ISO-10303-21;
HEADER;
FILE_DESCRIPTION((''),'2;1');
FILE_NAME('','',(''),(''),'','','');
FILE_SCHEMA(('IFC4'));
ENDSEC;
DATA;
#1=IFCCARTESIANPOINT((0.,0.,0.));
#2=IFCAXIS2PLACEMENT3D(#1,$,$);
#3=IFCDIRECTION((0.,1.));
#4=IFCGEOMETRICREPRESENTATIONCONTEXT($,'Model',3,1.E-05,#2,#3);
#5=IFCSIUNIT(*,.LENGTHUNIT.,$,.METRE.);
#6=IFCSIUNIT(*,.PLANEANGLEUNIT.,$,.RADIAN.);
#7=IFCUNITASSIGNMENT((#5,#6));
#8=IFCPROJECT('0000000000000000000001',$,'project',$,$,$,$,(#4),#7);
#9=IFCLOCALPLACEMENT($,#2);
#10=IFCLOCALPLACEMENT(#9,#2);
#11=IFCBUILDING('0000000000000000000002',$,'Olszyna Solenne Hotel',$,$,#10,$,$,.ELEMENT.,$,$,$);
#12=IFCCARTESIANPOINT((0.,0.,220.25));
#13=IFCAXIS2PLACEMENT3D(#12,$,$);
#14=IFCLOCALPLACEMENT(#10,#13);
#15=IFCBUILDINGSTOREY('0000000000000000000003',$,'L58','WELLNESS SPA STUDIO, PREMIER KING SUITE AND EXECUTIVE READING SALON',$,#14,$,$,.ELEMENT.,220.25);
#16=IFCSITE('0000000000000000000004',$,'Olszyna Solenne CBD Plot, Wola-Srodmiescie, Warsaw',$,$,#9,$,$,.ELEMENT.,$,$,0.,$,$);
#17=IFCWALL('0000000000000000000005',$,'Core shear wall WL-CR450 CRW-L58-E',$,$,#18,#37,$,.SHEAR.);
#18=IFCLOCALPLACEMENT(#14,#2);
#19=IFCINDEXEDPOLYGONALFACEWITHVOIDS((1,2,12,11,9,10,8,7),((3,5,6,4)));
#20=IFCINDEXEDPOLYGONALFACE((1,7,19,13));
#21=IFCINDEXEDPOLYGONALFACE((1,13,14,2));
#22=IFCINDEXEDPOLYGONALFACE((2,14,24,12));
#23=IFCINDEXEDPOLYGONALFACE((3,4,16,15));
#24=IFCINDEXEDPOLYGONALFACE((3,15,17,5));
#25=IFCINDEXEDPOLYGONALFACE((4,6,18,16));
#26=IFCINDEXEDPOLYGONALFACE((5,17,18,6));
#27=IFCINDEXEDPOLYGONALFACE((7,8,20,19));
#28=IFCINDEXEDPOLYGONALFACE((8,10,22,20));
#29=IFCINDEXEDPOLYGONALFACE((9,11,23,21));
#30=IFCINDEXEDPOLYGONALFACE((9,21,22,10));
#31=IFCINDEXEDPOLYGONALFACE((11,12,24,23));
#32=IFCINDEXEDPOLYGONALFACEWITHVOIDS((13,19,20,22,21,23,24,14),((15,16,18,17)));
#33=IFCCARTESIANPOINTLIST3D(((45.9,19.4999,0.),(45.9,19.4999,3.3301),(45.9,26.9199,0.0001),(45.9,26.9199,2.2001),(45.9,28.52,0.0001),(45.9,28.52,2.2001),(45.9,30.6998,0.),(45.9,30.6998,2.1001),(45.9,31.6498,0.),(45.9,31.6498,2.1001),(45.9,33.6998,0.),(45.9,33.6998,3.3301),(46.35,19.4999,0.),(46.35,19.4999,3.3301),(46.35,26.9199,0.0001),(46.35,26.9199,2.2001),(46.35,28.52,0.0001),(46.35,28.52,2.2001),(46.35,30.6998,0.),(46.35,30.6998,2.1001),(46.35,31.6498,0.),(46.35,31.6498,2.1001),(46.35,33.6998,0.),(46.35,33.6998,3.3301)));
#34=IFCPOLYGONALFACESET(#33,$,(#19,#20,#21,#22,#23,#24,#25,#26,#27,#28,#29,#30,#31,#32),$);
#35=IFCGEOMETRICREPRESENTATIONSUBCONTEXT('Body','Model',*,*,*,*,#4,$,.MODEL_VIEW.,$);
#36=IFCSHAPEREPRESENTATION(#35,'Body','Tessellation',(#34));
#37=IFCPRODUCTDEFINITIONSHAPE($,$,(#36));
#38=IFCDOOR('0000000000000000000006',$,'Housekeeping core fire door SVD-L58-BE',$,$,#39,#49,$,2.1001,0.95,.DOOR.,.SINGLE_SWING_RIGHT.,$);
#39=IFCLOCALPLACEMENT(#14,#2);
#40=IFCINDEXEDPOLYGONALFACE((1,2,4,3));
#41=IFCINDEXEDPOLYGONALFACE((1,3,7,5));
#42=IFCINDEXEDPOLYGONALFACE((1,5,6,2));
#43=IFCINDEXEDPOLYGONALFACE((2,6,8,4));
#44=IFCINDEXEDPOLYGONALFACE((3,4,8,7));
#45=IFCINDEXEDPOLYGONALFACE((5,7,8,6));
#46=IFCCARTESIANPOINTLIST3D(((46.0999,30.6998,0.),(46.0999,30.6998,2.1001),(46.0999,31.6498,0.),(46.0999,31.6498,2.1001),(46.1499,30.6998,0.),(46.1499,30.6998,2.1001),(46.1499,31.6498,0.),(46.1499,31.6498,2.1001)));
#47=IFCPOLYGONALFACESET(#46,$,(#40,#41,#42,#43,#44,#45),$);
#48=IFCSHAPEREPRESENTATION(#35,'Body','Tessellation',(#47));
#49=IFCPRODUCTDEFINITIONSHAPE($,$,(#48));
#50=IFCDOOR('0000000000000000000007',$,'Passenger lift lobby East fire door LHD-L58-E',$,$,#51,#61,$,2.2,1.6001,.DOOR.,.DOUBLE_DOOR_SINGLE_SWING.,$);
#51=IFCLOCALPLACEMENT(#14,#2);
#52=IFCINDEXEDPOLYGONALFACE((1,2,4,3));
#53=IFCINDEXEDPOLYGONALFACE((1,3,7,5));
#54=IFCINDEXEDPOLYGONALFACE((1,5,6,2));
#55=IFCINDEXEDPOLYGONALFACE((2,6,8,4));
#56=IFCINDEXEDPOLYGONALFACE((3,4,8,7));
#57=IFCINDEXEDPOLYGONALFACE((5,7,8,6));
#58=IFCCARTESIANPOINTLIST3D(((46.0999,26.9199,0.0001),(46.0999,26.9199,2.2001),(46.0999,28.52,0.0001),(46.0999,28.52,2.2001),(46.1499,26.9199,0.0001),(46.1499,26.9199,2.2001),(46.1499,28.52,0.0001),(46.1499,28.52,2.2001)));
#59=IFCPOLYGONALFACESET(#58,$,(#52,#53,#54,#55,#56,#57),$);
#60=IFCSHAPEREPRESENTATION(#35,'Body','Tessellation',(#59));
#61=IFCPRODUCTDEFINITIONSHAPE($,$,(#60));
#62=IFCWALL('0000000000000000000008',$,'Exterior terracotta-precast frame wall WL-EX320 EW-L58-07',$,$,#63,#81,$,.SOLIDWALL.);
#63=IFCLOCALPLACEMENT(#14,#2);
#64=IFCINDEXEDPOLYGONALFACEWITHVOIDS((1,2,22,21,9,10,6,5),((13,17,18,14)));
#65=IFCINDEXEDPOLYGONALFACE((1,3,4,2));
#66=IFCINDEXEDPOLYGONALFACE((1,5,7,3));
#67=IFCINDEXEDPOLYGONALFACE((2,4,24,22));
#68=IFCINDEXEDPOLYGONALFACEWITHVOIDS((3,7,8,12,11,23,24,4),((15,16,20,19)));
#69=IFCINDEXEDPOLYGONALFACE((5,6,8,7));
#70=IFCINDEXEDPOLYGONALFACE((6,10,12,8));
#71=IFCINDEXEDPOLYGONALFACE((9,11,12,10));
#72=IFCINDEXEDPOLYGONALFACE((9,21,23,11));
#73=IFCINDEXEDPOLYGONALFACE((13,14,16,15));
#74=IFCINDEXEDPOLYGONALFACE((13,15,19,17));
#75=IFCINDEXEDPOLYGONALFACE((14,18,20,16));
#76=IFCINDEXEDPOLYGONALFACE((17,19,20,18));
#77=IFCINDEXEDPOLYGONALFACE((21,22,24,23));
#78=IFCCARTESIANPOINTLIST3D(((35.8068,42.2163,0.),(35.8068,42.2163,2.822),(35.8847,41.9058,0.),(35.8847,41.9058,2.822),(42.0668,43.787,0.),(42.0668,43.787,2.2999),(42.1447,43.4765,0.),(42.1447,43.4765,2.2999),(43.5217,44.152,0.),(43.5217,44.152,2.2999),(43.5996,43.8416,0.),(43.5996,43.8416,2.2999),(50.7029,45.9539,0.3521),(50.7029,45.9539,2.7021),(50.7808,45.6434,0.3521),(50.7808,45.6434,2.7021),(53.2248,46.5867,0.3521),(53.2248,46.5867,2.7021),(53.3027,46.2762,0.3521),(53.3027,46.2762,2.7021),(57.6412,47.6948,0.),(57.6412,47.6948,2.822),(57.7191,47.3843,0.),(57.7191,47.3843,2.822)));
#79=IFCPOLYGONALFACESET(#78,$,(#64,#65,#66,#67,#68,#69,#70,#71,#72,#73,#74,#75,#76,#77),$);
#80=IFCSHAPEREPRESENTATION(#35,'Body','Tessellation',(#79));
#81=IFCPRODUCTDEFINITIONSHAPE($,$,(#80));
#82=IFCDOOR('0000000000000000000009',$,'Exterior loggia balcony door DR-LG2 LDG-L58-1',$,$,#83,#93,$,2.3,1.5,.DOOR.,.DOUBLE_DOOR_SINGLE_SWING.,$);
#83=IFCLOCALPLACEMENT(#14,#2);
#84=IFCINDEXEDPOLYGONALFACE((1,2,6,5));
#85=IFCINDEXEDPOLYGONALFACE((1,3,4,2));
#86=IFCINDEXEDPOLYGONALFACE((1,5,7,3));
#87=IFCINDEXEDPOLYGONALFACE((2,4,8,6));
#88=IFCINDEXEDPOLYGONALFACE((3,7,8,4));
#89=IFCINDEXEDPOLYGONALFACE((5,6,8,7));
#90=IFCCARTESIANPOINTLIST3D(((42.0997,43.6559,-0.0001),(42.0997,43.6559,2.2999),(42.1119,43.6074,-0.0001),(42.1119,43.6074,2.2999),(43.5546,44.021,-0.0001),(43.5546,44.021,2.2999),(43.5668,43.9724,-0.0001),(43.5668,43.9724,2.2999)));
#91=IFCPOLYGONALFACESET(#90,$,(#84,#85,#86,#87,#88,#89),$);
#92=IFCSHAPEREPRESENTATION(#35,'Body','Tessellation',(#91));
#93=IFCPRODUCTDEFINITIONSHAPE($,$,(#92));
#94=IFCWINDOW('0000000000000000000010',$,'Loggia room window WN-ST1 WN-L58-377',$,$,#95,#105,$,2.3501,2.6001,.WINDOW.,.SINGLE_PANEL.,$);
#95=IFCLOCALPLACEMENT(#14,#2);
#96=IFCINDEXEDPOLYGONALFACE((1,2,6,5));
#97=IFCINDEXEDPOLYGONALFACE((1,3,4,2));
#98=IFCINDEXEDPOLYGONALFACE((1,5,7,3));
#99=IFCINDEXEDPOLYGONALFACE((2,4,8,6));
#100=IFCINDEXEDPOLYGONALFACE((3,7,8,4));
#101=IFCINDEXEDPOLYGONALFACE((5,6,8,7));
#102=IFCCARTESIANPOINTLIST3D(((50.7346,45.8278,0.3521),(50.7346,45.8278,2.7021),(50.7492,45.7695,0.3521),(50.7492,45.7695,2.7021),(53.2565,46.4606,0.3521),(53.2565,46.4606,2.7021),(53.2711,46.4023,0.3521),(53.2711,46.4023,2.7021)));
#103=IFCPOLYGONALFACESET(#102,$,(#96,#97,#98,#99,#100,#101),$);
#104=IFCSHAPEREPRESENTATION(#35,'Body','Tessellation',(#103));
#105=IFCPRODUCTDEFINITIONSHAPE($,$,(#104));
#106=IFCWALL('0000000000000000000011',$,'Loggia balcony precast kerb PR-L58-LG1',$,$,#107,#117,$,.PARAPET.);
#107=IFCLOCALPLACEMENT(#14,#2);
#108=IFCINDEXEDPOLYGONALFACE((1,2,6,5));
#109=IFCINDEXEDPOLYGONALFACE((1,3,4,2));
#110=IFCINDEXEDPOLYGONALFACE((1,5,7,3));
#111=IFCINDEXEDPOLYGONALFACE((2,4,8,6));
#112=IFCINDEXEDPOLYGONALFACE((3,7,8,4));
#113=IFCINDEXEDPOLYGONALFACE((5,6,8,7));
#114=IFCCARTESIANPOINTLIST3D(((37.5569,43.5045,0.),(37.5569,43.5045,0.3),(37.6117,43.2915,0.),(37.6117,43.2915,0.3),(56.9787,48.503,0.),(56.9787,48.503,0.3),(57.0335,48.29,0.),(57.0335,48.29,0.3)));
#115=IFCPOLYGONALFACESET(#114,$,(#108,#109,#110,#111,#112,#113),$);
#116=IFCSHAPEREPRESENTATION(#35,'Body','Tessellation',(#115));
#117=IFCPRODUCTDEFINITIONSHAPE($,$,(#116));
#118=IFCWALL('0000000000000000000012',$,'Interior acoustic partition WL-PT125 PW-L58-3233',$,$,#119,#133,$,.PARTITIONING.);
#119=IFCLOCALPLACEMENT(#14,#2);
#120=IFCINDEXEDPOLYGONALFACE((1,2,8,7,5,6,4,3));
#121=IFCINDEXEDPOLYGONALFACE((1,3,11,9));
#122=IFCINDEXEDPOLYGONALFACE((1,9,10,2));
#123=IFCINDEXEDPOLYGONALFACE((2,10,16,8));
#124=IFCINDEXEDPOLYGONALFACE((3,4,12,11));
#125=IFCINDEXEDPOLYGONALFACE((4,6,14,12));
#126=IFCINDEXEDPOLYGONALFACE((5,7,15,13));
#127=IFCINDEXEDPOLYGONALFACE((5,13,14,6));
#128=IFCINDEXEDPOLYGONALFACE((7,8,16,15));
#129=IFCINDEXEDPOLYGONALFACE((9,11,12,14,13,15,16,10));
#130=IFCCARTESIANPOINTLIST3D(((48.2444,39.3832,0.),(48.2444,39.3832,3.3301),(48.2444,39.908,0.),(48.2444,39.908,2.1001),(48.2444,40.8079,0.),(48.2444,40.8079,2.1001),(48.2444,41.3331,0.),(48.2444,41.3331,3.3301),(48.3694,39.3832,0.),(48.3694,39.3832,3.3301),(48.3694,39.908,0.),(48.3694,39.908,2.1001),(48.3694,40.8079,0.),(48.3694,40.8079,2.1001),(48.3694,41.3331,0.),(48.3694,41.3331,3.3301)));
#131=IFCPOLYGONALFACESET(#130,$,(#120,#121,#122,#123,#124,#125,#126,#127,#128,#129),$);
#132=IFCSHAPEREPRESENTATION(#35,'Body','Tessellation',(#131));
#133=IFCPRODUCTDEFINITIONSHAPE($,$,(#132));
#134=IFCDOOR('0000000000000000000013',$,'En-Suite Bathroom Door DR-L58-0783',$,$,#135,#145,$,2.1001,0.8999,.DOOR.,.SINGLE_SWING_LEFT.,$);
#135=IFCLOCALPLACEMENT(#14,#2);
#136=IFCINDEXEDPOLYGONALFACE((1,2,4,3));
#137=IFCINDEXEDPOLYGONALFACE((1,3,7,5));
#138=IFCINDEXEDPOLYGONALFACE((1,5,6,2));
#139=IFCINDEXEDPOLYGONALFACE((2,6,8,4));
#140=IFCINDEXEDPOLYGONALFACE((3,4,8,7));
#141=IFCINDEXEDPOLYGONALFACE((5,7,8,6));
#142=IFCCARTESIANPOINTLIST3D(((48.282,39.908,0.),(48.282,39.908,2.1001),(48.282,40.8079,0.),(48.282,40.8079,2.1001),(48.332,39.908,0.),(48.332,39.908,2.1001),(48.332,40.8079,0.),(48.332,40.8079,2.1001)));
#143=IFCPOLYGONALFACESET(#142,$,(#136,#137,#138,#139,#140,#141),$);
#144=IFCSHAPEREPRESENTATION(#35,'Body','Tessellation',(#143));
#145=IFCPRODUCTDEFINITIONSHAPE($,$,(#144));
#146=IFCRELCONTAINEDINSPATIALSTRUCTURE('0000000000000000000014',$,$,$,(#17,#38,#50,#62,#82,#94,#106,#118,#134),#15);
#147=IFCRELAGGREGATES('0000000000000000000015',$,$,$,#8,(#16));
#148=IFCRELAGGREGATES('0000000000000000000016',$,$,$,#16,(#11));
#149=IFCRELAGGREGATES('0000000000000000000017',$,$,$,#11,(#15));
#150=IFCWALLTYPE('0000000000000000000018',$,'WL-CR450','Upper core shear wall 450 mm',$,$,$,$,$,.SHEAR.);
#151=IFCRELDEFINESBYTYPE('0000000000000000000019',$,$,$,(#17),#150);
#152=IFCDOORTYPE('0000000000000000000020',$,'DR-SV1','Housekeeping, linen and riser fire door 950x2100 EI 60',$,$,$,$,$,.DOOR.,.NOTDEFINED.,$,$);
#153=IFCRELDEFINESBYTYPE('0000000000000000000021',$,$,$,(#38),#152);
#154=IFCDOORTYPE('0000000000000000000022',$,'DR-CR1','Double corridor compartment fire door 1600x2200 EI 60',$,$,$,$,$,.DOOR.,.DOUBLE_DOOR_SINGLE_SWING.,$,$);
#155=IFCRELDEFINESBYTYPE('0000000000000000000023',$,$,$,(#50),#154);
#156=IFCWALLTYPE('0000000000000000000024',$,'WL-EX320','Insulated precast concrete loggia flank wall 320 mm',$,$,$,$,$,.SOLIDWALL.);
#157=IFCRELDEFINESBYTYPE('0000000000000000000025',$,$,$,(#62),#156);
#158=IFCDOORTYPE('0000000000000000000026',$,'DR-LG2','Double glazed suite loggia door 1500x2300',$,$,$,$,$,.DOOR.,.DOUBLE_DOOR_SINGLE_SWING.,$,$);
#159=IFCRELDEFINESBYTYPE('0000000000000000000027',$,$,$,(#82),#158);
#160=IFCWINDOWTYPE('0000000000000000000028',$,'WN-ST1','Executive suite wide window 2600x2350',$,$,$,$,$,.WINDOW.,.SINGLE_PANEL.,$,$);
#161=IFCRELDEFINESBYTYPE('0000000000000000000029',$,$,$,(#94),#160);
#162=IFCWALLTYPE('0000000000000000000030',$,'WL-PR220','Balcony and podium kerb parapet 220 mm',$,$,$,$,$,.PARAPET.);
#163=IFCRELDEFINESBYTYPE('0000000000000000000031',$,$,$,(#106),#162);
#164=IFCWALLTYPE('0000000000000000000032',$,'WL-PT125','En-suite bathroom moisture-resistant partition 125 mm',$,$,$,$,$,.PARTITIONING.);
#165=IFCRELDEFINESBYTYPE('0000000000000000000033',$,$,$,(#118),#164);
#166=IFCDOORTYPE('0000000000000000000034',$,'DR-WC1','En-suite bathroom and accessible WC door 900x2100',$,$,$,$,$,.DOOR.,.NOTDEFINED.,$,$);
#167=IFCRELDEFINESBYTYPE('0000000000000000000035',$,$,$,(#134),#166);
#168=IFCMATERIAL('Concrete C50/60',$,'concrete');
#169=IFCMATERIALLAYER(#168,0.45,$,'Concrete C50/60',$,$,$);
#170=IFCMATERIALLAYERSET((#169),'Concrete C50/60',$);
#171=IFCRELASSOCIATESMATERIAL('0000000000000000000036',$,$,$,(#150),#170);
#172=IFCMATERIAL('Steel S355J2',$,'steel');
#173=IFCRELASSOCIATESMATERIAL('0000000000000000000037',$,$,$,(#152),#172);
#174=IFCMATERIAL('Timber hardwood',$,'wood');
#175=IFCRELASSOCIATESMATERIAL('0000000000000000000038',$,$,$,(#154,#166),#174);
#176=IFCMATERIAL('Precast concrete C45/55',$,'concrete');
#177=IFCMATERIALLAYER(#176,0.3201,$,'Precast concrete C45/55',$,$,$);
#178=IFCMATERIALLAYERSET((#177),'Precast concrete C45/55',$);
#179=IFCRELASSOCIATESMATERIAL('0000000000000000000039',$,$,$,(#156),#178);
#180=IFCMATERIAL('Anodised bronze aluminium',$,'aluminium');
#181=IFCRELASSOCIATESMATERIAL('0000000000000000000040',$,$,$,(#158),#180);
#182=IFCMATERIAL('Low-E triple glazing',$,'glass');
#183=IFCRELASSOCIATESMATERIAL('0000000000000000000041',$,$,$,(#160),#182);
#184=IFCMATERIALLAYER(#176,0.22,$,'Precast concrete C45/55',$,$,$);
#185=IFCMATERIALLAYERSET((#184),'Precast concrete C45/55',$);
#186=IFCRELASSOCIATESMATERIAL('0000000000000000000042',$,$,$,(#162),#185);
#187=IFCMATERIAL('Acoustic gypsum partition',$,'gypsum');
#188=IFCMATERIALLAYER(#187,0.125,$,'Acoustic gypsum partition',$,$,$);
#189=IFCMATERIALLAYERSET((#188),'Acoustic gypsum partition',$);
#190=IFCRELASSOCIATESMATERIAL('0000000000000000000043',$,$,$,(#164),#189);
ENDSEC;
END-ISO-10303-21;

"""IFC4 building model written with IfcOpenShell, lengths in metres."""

from ifc_helpers import new_model, si_unit, direction, frame, frame_2d, origin, place, context, subcontext, project, spatial, rectangle, extrude, source, transform, mapped, material, layer, layer_set, type_object, type_shapes, element, fill, save


model = new_model("IFC4")

# Units and contexts
model_context = context("Model", 3, precision=1e-05, world=origin(), true_north=direction((0.0, 1.0)))
body_context = subcontext(model_context, "Body", "Model", "MODEL_VIEW")
ifc_project = project(units=[si_unit("LENGTHUNIT", "METRE"), si_unit("PLANEANGLEUNIT", "RADIAN")], contexts=[model_context])

# Site, building, storey
site_placement = place(None, origin())
site = spatial("IfcSite", under=ifc_project, at=site_placement, Name="Olszyna Solenne CBD Plot, Wola-Srodmiescie, Warsaw", CompositionType="ELEMENT", RefElevation=0.0)
building_placement = place(site_placement, origin())
building = spatial("IfcBuilding", under=site, at=building_placement, Name="Olszyna Solenne Hotel", CompositionType="ELEMENT")
storey_placement = place(building_placement, frame((0.0, 0.0, 220.25)))
storey = spatial("IfcBuildingStorey", under=building, at=storey_placement, Name="L58", Description="WELLNESS SPA STUDIO, PREMIER KING SUITE AND EXECUTIVE READING SALON", CompositionType="ELEMENT", Elevation=220.25)

# Shared definitions
ifc_material_1 = material(Name="Steel S355J2", Category="steel")

# Wall, openings, doors
ifc_material_2 = material(Name="Concrete C50/60", Category="concrete")
ifc_layer_1 = layer(ifc_material_2, 0.45, Name="Concrete C50/60")
ifc_layer_set_1 = layer_set([ifc_layer_1], Name="Concrete C50/60")
wall_type_1 = type_object("IfcWallType", Name="WL-CR450", Description="Upper core shear wall 450 mm", PredefinedType="SHEAR", material=ifc_layer_set_1)
wall_1_placement = place(storey_placement, frame((46.125, 33.7, 0.0), z_axis=(0.0, 0.0, 1.0), x_axis=(0.0, -1.0, 0.0)))
wall_1 = element("IfcWall", 1, at=wall_1_placement, inside=storey, type_object=wall_type_1, Name="Core shear wall WL-CR450 CRW-L58-E", PredefinedType="SHEAR", context=body_context, shape_type="SweptSolid", body=[
    extrude(rectangle(XDim=14.2, YDim=0.45, at=frame_2d((7.1001, 0.0))), origin(), (0.0, 0.0, 1.0), 3.3301),
])
opening_1_placement = place(wall_1_placement, frame((5.1799, 0.0, 0.0)))
opening_1 = element("IfcOpeningElement", 2, at=opening_1_placement, cuts=wall_1, PredefinedType="OPENING", context=body_context, shape_type="SweptSolid", body=[
    extrude(rectangle(XDim=1.6001, YDim=2.2, at=frame_2d((0.8, 1.1001))), frame((0.0, 0.2349, 0.0), z_axis=(0.0, -1.0, 0.0), x_axis=(1.0, 0.0, 0.0)), (0.0, 0.0, 1.0), 0.47),
])
opening_2_placement = place(wall_1_placement, frame((2.05, 0.0, 0.0)))
opening_2 = element("IfcOpeningElement", 3, at=opening_2_placement, cuts=wall_1, PredefinedType="OPENING", context=body_context, shape_type="SweptSolid", body=[
    extrude(rectangle(XDim=0.95, YDim=2.1001, at=frame_2d((0.4751, 1.05))), frame((0.0, 0.2349, 0.0), z_axis=(0.0, -1.0, 0.0), x_axis=(1.0, 0.0, 0.0)), (0.0, 0.0, 1.0), 0.47),
])
door_type_1 = type_object("IfcDoorType", Name="DR-SV1", Description="Housekeeping, linen and riser fire door 950x2100 EI 60", OperationType="NOTDEFINED", PredefinedType="DOOR", material=ifc_material_1)
shared_shape_1 = source(origin(), body_context, "Body", "SweptSolid", [
    extrude(rectangle(XDim=0.95, YDim=2.1001, at=frame_2d((0.4751, 1.05))), frame((0.0, 0.0249, 0.0), z_axis=(0.0, -1.0, 0.0), x_axis=(1.0, 0.0, 0.0)), (0.0, 0.0, 1.0), 0.05),
])
type_shapes(door_type_1, [shared_shape_1])
door_1_placement = place(opening_2_placement, origin())
door_1 = element("IfcDoor", 4, at=door_1_placement, inside=storey, type_object=door_type_1, Name="Housekeeping core fire door SVD-L58-BE", OperationType="SINGLE_SWING_RIGHT", OverallHeight=2.1001, OverallWidth=0.95, PredefinedType="DOOR", context=body_context, shape_type="MappedRepresentation", body=[
    mapped(shared_shape_1, transform((0.0, 0.0, 0.0), x_axis=(1.0, 0.0, 0.0), y_axis=(0.0, 1.0, 0.0), z_axis=(0.0, 0.0, 1.0), scale=1.0)),
])
fill(opening_2, door_1)
ifc_material_3 = material(Name="Timber hardwood", Category="wood")
door_type_2 = type_object("IfcDoorType", Name="DR-CR1", Description="Double corridor compartment fire door 1600x2200 EI 60", OperationType="DOUBLE_DOOR_SINGLE_SWING", PredefinedType="DOOR", material=ifc_material_3)
shared_shape_2 = source(origin(), body_context, "Body", "SweptSolid", [
    extrude(rectangle(XDim=1.6001, YDim=2.2, at=frame_2d((0.8, 1.1001))), frame((0.0, 0.0249, 0.0), z_axis=(0.0, -1.0, 0.0), x_axis=(1.0, 0.0, 0.0)), (0.0, 0.0, 1.0), 0.05),
])
type_shapes(door_type_2, [shared_shape_2])
door_2_placement = place(opening_1_placement, origin())
door_2 = element("IfcDoor", 5, at=door_2_placement, inside=storey, type_object=door_type_2, Name="Passenger lift lobby East fire door LHD-L58-E", OperationType="DOUBLE_DOOR_SINGLE_SWING", OverallHeight=2.2, OverallWidth=1.6001, PredefinedType="DOOR", context=body_context, shape_type="MappedRepresentation", body=[
    mapped(shared_shape_2, transform((0.0, 0.0, 0.0), x_axis=(1.0, 0.0, 0.0), y_axis=(0.0, 1.0, 0.0), z_axis=(0.0, 0.0, 1.0), scale=1.0)),
])
fill(opening_1, door_2)

# Wall, openings, door, window
ifc_material_4 = material(Name="Precast concrete C45/55", Category="concrete")
ifc_layer_2 = layer(ifc_material_4, 0.3201, Name="Precast concrete C45/55")
ifc_layer_set_2 = layer_set([ifc_layer_2], Name="Precast concrete C45/55")
wall_type_2 = type_object("IfcWallType", Name="WL-EX320", Description="Insulated precast concrete loggia flank wall 320 mm", PredefinedType="SOLIDWALL", material=ifc_layer_set_2)
wall_2_placement = place(storey_placement, frame((35.8457, 42.061, 0.0), z_axis=(0.0, 0.0, 1.0), x_axis=(0.969934, 0.243367, 0.0)))
wall_2 = element("IfcWall", 6, at=wall_2_placement, inside=storey, type_object=wall_type_2, Name="Exterior terracotta-precast frame wall WL-EX320 EW-L58-07", PredefinedType="SOLIDWALL", context=body_context, shape_type="SweptSolid", body=[
    extrude(rectangle(XDim=22.5112, YDim=0.3201, at=frame_2d((11.2556, 0.0))), origin(), (0.0, 0.0, 1.0), 2.822),
])
opening_3_placement = place(wall_2_placement, frame((6.4541, 0.0, 0.0)))
opening_3 = element("IfcOpeningElement", 7, at=opening_3_placement, cuts=wall_2, PredefinedType="OPENING", context=body_context, shape_type="SweptSolid", body=[
    extrude(rectangle(XDim=1.5, YDim=2.3, at=frame_2d((0.75, 1.1499))), frame((0.0, 0.1699, 0.0), z_axis=(0.0, -1.0, 0.0), x_axis=(1.0, 0.0, 0.0)), (0.0, 0.0, 1.0), 0.3401),
])
opening_4_placement = place(wall_2_placement, frame((15.3579, 0.0, 0.3521)))
opening_4 = element("IfcOpeningElement", 8, at=opening_4_placement, cuts=wall_2, PredefinedType="OPENING", context=body_context, shape_type="SweptSolid", body=[
    extrude(rectangle(XDim=2.6001, YDim=2.3501, at=frame_2d((1.3, 1.175))), frame((0.0, 0.1699, 0.0), z_axis=(0.0, -1.0, 0.0), x_axis=(1.0, 0.0, 0.0)), (0.0, 0.0, 1.0), 0.3401),
])
ifc_material_5 = material(Name="Anodised bronze aluminium", Category="aluminium")
door_type_3 = type_object("IfcDoorType", Name="DR-LG2", Description="Double glazed suite loggia door 1500x2300", OperationType="DOUBLE_DOOR_SINGLE_SWING", PredefinedType="DOOR", material=ifc_material_5)
shared_shape_3 = source(origin(), body_context, "Body", "SweptSolid", [
    extrude(rectangle(XDim=1.5, YDim=2.3, at=frame_2d((0.75, 1.1499))), frame((0.0, 0.0249, 0.0), z_axis=(0.0, -1.0, 0.0), x_axis=(1.0, 0.0, 0.0)), (0.0, 0.0, 1.0), 0.05),
])
type_shapes(door_type_3, [shared_shape_3])
door_3_placement = place(opening_3_placement, origin())
door_3 = element("IfcDoor", 9, at=door_3_placement, inside=storey, type_object=door_type_3, Name="Exterior loggia balcony door DR-LG2 LDG-L58-1", OperationType="DOUBLE_DOOR_SINGLE_SWING", OverallHeight=2.3, OverallWidth=1.5, PredefinedType="DOOR", context=body_context, shape_type="MappedRepresentation", body=[
    mapped(shared_shape_3, transform((0.0, 0.0, 0.0), x_axis=(1.0, 0.0, 0.0), y_axis=(0.0, 1.0, 0.0), z_axis=(0.0, 0.0, 1.0), scale=1.0)),
])
fill(opening_3, door_3)
ifc_material_6 = material(Name="Low-E triple glazing", Category="glass")
window_type = type_object("IfcWindowType", Name="WN-ST1", Description="Executive suite wide window 2600x2350", PartitioningType="SINGLE_PANEL", PredefinedType="WINDOW", material=ifc_material_6)
shared_shape_4 = source(origin(), body_context, "Body", "SweptSolid", [
    extrude(rectangle(XDim=2.6001, YDim=2.3501, at=frame_2d((1.3, 1.175))), frame((0.0, 0.03, 0.0), z_axis=(0.0, -1.0, 0.0), x_axis=(1.0, 0.0, 0.0)), (0.0, 0.0, 1.0), 0.0601),
])
type_shapes(window_type, [shared_shape_4])
window_placement = place(opening_4_placement, origin())
window = element("IfcWindow", 10, at=window_placement, inside=storey, type_object=window_type, Name="Loggia room window WN-ST1 WN-L58-377", OverallHeight=2.3501, OverallWidth=2.6001, PartitioningType="SINGLE_PANEL", PredefinedType="WINDOW", context=body_context, shape_type="MappedRepresentation", body=[
    mapped(shared_shape_4, transform((0.0, 0.0, 0.0), x_axis=(1.0, 0.0, 0.0), y_axis=(0.0, 1.0, 0.0), z_axis=(0.0, 0.0, 1.0), scale=1.0)),
])
fill(opening_4, window)

# Wall
ifc_layer_3 = layer(ifc_material_4, 0.22, Name="Precast concrete C45/55")
ifc_layer_set_3 = layer_set([ifc_layer_3], Name="Precast concrete C45/55")
wall_type_3 = type_object("IfcWallType", Name="WL-PR220", Description="Balcony and podium kerb parapet 220 mm", PredefinedType="PARAPET", material=ifc_layer_set_3)
wall_3_placement = place(storey_placement, frame((57.0061, 48.3965, 0.0), z_axis=(0.0, 0.0, 1.0), x_axis=(-0.968441, -0.249244, 0.0)))
element("IfcWall", 11, at=wall_3_placement, inside=storey, type_object=wall_type_3, Name="Loggia balcony precast kerb PR-L58-LG1", PredefinedType="PARAPET", context=body_context, shape_type="SweptSolid", body=[
    extrude(rectangle(XDim=20.0547, YDim=0.22, at=frame_2d((10.0273, 0.0))), origin(), (0.0, 0.0, 1.0), 0.3),
])

# Wall, opening, door
ifc_material_7 = material(Name="Acoustic gypsum partition", Category="gypsum")
ifc_layer_4 = layer(ifc_material_7, 0.125, Name="Acoustic gypsum partition")
ifc_layer_set_4 = layer_set([ifc_layer_4], Name="Acoustic gypsum partition")
wall_type_4 = type_object("IfcWallType", Name="WL-PT125", Description="En-suite bathroom moisture-resistant partition 125 mm", PredefinedType="PARTITIONING", material=ifc_layer_set_4)
wall_4_placement = place(storey_placement, frame((48.3069, 39.3831, 0.0), z_axis=(0.0, 0.0, 1.0), x_axis=(0.0, 1.0, 0.0)))
wall_4 = element("IfcWall", 12, at=wall_4_placement, inside=storey, type_object=wall_type_4, Name="Interior acoustic partition WL-PT125 PW-L58-3233", PredefinedType="PARTITIONING", context=body_context, shape_type="SweptSolid", body=[
    extrude(rectangle(XDim=1.95, YDim=0.125, at=frame_2d((0.9751, 0.0))), origin(), (0.0, 0.0, 1.0), 3.3301),
])
opening_5_placement = place(wall_4_placement, frame((0.5249, 0.0, 0.0)))
opening_5 = element("IfcOpeningElement", 13, at=opening_5_placement, cuts=wall_4, PredefinedType="OPENING", context=body_context, shape_type="SweptSolid", body=[
    extrude(rectangle(XDim=0.8999, YDim=2.1001, at=frame_2d((0.45, 1.05))), frame((0.0, 0.0725, 0.0), z_axis=(0.0, -1.0, 0.0), x_axis=(1.0, 0.0, 0.0)), (0.0, 0.0, 1.0), 0.145),
])
door_type_4 = type_object("IfcDoorType", Name="DR-WC1", Description="En-suite bathroom and accessible WC door 900x2100", OperationType="NOTDEFINED", PredefinedType="DOOR", material=ifc_material_3)
shared_shape_5 = source(origin(), body_context, "Body", "SweptSolid", [
    extrude(rectangle(XDim=0.8999, YDim=2.1001, at=frame_2d((0.45, 1.05))), frame((0.0, 0.0249, 0.0), z_axis=(0.0, -1.0, 0.0), x_axis=(1.0, 0.0, 0.0)), (0.0, 0.0, 1.0), 0.05),
])
type_shapes(door_type_4, [shared_shape_5])
door_4_placement = place(opening_5_placement, origin())
door_4 = element("IfcDoor", 14, at=door_4_placement, inside=storey, type_object=door_type_4, Name="En-Suite Bathroom Door DR-L58-0783", OperationType="SINGLE_SWING_LEFT", OverallHeight=2.1001, OverallWidth=0.8999, PredefinedType="DOOR", context=body_context, shape_type="MappedRepresentation", body=[
    mapped(shared_shape_5, transform((0.0, 0.0, 0.0), x_axis=(1.0, 0.0, 0.0), y_axis=(0.0, 1.0, 0.0), z_axis=(0.0, 0.0, 1.0), scale=1.0)),
])
fill(opening_5, door_4)

save(model, "model.ifc")
